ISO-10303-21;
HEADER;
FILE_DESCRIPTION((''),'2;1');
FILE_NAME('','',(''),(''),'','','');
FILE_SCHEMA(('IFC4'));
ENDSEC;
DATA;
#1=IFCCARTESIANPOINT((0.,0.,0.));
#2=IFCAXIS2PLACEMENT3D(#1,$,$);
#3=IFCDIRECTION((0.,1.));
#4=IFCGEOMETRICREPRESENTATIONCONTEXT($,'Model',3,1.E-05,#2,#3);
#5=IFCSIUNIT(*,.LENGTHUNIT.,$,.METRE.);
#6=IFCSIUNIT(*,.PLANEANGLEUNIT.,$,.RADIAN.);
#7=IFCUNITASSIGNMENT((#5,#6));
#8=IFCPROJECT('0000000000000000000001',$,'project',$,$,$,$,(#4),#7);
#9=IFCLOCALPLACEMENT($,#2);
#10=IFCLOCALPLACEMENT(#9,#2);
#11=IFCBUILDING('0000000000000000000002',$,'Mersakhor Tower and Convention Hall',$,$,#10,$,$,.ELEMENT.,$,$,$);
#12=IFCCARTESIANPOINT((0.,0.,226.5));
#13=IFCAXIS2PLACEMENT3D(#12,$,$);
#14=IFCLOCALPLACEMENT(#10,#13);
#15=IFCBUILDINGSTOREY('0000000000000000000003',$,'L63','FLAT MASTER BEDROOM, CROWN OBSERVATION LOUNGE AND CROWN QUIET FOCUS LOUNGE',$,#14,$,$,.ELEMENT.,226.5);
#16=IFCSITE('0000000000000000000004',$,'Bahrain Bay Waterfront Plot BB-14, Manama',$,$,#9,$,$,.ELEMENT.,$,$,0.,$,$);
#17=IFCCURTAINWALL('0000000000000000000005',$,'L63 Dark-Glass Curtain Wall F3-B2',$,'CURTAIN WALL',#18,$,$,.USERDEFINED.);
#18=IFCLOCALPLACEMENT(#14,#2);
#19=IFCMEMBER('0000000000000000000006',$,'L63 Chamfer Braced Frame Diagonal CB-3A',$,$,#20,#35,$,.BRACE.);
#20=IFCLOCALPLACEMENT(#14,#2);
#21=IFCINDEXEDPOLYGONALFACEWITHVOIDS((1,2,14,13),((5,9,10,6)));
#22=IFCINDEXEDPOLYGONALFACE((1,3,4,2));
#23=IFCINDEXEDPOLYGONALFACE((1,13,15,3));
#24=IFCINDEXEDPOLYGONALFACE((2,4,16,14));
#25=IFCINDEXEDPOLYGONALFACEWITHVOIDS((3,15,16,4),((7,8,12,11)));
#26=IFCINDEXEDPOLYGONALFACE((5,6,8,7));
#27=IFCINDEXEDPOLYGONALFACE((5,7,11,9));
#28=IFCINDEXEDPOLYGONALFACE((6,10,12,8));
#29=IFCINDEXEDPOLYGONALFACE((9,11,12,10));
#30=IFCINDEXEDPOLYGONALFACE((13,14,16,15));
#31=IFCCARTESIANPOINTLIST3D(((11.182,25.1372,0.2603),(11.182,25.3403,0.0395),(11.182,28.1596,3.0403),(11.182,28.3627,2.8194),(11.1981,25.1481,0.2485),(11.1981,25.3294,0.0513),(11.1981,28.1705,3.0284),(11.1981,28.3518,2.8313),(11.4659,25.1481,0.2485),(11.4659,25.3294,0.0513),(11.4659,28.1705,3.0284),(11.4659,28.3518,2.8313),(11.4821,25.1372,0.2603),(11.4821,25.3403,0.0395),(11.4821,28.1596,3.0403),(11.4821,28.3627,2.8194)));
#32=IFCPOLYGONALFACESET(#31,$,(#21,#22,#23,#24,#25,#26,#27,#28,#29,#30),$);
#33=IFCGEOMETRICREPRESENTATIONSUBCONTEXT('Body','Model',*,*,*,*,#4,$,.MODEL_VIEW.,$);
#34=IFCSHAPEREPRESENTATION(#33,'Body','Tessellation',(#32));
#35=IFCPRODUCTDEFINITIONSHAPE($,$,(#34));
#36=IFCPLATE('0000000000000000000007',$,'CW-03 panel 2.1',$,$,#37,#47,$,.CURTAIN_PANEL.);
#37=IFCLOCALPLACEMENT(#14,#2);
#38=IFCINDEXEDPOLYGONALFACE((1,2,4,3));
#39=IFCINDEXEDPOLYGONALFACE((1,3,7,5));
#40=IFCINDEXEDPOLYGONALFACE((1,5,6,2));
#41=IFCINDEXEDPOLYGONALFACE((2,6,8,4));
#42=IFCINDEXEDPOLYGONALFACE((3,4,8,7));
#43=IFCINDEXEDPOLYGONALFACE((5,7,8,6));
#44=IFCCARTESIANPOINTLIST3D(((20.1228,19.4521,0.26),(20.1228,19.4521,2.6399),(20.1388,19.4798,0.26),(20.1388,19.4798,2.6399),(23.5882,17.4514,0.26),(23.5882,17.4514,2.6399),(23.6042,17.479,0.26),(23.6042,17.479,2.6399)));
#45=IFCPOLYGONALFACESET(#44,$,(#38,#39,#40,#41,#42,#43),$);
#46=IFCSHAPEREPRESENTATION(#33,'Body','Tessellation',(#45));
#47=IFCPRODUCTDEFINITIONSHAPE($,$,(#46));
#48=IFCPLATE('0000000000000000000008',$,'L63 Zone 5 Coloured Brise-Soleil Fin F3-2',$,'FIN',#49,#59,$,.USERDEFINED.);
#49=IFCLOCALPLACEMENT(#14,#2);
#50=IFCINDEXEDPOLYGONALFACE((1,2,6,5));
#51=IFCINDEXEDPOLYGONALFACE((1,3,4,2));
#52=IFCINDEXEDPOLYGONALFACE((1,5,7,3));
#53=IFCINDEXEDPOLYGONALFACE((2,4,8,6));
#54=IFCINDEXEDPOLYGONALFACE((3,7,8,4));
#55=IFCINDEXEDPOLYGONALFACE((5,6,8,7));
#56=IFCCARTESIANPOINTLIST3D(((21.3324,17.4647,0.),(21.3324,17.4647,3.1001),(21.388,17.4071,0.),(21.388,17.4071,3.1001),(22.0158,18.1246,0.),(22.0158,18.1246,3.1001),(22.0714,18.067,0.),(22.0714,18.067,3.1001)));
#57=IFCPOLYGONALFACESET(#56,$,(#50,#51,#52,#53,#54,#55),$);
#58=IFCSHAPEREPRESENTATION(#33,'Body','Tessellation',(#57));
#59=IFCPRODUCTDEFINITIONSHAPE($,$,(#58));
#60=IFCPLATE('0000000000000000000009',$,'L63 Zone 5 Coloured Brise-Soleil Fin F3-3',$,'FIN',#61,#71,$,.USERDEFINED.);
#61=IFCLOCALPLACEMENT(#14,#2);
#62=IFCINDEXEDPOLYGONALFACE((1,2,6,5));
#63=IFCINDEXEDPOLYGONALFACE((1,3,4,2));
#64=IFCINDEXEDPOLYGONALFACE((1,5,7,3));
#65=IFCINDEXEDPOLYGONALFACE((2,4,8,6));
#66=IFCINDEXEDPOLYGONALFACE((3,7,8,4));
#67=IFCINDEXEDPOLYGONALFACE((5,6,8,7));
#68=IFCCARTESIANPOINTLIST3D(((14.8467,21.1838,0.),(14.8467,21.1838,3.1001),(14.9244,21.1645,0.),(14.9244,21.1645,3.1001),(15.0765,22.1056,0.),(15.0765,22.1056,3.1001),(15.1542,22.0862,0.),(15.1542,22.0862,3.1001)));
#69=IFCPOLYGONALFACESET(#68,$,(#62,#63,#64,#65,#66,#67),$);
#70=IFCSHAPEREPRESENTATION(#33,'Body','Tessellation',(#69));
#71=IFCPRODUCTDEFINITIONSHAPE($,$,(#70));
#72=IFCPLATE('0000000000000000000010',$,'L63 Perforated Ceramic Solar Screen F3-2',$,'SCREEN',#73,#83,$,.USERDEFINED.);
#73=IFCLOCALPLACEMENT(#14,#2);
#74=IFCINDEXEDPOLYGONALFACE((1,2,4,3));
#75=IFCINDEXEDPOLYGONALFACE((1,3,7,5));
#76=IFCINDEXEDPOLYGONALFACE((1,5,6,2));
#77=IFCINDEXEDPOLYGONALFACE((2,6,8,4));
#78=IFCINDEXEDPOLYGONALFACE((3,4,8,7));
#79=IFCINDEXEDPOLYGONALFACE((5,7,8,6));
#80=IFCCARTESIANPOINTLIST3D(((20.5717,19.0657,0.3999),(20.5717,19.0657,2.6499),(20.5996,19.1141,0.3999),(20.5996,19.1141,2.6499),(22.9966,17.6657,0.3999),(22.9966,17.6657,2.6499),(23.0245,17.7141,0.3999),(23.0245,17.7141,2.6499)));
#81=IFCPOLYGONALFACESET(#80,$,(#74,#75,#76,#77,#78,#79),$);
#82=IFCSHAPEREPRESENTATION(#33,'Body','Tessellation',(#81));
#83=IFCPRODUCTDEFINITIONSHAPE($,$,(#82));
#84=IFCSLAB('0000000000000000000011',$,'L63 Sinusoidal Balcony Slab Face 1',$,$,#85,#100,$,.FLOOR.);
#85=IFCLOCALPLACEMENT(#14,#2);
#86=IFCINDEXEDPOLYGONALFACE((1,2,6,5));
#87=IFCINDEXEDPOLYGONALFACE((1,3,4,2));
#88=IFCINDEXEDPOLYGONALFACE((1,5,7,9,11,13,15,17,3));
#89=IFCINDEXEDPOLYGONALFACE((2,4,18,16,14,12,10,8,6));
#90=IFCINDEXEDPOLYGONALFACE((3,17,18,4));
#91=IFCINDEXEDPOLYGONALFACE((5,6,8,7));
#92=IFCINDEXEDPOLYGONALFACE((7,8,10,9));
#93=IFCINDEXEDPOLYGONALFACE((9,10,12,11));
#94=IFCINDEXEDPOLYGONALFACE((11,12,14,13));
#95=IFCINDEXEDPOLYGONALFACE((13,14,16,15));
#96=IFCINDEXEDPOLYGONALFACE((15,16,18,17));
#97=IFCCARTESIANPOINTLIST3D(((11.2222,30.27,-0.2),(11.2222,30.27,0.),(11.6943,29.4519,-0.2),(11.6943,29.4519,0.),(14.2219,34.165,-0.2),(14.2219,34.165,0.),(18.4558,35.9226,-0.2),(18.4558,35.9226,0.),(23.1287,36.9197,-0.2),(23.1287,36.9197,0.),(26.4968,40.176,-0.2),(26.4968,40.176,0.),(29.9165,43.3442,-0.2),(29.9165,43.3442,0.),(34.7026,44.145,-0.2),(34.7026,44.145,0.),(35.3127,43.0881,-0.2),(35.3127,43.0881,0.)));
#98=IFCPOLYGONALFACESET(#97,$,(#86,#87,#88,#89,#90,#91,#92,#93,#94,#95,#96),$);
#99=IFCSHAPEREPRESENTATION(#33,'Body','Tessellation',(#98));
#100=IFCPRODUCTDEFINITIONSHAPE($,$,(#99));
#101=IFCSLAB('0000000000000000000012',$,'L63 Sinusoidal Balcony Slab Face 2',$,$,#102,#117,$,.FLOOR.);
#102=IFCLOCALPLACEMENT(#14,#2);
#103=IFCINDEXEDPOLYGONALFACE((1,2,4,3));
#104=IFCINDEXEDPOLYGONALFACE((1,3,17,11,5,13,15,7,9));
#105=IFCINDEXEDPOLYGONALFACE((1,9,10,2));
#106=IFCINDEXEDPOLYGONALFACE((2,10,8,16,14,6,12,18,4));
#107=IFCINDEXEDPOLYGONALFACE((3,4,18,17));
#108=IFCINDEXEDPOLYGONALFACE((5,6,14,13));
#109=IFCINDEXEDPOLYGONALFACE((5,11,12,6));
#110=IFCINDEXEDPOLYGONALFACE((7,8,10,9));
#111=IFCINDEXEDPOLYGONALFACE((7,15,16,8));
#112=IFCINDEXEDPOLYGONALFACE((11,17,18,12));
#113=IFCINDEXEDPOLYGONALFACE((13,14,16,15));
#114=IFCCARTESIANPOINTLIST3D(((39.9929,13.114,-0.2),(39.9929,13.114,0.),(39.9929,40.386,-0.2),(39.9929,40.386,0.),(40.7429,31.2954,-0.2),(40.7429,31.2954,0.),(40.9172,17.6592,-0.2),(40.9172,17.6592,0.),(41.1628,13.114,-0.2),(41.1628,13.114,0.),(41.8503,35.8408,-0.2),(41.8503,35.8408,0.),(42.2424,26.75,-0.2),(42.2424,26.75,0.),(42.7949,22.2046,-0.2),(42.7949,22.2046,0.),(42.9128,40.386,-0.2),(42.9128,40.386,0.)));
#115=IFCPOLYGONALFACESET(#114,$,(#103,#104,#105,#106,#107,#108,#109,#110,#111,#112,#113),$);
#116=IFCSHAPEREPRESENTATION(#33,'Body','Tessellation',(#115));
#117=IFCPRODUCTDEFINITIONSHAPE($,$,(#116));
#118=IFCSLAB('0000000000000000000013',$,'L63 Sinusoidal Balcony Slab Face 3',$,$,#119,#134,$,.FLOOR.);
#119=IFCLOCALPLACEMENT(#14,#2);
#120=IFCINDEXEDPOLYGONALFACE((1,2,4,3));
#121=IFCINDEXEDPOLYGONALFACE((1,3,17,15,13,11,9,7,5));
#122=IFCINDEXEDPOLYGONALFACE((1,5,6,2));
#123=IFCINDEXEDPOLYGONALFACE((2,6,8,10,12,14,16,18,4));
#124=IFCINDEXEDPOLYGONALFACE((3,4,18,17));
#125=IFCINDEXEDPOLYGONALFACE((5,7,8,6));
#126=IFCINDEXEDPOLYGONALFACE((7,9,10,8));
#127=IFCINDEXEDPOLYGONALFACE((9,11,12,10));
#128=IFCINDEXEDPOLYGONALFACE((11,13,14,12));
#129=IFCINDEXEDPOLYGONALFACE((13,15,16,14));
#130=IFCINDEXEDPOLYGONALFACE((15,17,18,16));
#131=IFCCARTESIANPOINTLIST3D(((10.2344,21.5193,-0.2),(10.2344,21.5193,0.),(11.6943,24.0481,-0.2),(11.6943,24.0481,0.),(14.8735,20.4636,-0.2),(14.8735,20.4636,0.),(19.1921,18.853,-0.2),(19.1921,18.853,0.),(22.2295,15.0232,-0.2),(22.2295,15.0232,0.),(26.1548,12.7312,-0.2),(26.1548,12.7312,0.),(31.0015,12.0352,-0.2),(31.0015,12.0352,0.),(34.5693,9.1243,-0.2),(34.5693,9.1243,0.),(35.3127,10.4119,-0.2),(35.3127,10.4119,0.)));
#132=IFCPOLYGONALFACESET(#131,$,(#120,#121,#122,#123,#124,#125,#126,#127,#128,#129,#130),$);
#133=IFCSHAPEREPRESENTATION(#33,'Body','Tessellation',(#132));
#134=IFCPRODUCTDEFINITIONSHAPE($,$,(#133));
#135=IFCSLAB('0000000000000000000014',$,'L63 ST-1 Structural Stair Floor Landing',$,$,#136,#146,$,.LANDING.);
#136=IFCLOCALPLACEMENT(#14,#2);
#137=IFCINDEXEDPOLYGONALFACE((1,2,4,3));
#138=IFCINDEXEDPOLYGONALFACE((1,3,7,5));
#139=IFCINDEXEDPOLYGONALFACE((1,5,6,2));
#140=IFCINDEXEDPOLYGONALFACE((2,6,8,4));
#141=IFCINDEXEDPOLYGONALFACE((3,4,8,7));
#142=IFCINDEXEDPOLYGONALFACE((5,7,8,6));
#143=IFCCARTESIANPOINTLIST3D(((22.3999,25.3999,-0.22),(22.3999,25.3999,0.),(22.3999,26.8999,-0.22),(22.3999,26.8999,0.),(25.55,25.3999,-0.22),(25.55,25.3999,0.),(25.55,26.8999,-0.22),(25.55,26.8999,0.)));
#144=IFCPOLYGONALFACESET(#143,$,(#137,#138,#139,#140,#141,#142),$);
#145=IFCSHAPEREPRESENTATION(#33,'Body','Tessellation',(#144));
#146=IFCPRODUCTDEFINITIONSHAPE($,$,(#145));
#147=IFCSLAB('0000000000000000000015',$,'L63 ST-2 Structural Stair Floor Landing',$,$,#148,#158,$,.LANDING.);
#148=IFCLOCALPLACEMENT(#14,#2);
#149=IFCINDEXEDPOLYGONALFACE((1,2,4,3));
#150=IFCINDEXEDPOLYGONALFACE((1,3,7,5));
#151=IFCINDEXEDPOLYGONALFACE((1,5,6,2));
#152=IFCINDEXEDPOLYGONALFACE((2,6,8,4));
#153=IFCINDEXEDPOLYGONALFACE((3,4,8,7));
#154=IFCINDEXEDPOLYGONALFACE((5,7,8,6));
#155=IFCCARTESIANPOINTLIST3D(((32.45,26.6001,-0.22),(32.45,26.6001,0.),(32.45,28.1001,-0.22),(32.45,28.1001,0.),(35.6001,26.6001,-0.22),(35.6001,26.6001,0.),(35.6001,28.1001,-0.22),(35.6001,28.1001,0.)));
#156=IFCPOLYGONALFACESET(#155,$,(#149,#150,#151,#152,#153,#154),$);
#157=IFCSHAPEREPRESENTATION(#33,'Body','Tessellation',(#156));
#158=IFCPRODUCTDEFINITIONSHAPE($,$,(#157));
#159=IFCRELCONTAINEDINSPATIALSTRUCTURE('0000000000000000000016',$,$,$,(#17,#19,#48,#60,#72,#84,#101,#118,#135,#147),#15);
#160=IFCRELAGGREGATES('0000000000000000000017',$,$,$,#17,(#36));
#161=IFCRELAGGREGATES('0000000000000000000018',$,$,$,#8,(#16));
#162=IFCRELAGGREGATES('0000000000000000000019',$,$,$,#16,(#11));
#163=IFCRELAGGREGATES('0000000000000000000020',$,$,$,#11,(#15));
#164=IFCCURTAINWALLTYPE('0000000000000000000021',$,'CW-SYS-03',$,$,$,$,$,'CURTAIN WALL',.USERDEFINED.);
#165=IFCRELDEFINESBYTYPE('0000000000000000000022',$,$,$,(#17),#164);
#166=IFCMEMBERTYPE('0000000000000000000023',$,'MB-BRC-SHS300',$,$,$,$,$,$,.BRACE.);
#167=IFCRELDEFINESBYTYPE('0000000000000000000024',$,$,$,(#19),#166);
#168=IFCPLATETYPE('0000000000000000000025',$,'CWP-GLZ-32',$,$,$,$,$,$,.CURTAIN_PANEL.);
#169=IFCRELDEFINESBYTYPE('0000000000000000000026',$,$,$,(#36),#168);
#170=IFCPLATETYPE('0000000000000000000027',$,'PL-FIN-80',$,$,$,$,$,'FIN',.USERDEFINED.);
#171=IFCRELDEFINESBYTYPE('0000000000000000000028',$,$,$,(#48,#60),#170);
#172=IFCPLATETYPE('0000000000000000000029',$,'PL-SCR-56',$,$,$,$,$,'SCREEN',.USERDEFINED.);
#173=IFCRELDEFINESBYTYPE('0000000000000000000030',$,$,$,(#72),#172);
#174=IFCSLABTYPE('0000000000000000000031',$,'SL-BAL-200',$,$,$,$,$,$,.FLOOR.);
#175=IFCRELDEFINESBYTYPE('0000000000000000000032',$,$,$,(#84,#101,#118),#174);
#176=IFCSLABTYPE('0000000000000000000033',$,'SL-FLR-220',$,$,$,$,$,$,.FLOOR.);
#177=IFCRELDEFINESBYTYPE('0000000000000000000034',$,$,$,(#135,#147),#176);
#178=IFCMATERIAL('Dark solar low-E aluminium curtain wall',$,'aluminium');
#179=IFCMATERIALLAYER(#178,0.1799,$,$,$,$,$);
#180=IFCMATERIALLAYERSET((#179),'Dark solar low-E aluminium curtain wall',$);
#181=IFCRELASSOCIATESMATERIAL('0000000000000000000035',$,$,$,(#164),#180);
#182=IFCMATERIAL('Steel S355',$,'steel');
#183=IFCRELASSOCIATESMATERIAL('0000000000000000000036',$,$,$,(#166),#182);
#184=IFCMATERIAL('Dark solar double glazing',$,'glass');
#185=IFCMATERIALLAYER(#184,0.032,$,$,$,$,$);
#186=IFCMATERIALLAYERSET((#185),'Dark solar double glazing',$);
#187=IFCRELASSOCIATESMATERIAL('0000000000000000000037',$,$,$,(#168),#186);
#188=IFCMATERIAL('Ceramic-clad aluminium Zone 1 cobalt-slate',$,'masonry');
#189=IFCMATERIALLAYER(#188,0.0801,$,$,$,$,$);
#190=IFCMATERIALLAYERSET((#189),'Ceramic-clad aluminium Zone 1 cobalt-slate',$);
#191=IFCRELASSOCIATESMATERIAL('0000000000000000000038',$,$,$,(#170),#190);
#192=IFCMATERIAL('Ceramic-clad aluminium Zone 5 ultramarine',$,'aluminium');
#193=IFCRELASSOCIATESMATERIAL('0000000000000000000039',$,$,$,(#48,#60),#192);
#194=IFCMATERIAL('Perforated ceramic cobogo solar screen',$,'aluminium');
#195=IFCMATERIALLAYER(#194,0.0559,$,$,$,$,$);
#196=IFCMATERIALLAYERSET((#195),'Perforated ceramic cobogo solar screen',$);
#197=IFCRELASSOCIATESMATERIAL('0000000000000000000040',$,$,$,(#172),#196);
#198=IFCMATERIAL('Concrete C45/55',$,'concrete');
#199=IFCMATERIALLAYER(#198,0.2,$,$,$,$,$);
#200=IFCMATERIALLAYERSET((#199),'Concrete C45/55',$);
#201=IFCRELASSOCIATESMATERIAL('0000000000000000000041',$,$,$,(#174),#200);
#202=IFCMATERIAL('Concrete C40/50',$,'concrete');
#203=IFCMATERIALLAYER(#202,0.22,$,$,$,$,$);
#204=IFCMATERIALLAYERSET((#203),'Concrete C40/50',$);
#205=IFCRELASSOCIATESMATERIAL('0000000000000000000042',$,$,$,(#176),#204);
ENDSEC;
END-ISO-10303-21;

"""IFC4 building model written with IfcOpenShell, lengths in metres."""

from ifc_helpers import new_model, si_unit, direction, frame, origin, origin_2d, place, context, subcontext, project, spatial, polyline, rectangle, hollow_rectangle, outline, extrude, material, layer, layer_set, material_profile, profile_set, type_object, element, aggregate, save


model = new_model("IFC4")

# Units and contexts
model_context = context("Model", 3, precision=1e-05, world=origin(), true_north=direction((0.0, 1.0)))
body_context = subcontext(model_context, "Body", "Model", "MODEL_VIEW")
ifc_project = project(units=[si_unit("LENGTHUNIT", "METRE"), si_unit("PLANEANGLEUNIT", "RADIAN")], contexts=[model_context])

# Site, building, storey
site_placement = place(None, origin())
site = spatial("IfcSite", under=ifc_project, at=site_placement, Name="Bahrain Bay Waterfront Plot BB-14, Manama", CompositionType="ELEMENT", RefElevation=0.0)
building_placement = place(site_placement, origin())
building = spatial("IfcBuilding", under=site, at=building_placement, Name="Mersakhor Tower and Convention Hall", CompositionType="ELEMENT")
storey_placement = place(building_placement, frame((0.0, 0.0, 226.5)))
storey = spatial("IfcBuildingStorey", under=building, at=storey_placement, Name="L63", Description="FLAT MASTER BEDROOM, CROWN OBSERVATION LOUNGE AND CROWN QUIET FOCUS LOUNGE", CompositionType="ELEMENT", Elevation=226.5)

# Curtain wall
ifc_material_1 = material(Name="Dark solar low-E aluminium curtain wall", Category="aluminium")
ifc_layer_1 = layer(ifc_material_1, 0.1799)
ifc_layer_set_1 = layer_set([ifc_layer_1], Name="Dark solar low-E aluminium curtain wall")
curtain_wall_type = type_object("IfcCurtainWallType", Name="CW-SYS-03", ElementType="CURTAIN WALL", PredefinedType="USERDEFINED", material=ifc_layer_set_1)
curtain_wall_placement = place(storey_placement, origin())
curtain_wall = element("IfcCurtainWall", 1, at=curtain_wall_placement, inside=storey, type_object=curtain_wall_type, Name="L63 Dark-Glass Curtain Wall F3-B2", ObjectType="CURTAIN WALL", PredefinedType="USERDEFINED")

# Member
ifc_material_2 = material(Name="Steel S355", Category="steel")
ifc_material_profile_1 = material_profile(ifc_material_2, hollow_rectangle(XDim=0.3, YDim=0.3, WallThickness=0.0161, at=origin_2d()), Name="SHS 300x300x16")
ifc_profile_set_1 = profile_set([ifc_material_profile_1], Name="Steel S355")
member_type_1 = type_object("IfcMemberType", Name="MB-BRC-SHS300", PredefinedType="BRACE", material=ifc_profile_set_1)
member_1_placement = place(storey_placement, frame((11.332, 25.2388, 0.1499), z_axis=(0.0, 0.736008, 0.676973), x_axis=(-1.0, 0.0, 0.0)))
element("IfcMember", 2, at=member_1_placement, inside=storey, type_object=member_type_1, Name="L63 Chamfer Braced Frame Diagonal CB-3A", PredefinedType="BRACE", context=body_context, shape_type="SweptSolid", body=[
    extrude(hollow_rectangle(XDim=0.3, YDim=0.3, WallThickness=0.0161, at=origin_2d()), origin(), (0.0, 0.0, 1.0), 4.1064),
])

# Plate
ifc_material_3 = material(Name="Dark solar double glazing", Category="glass")
ifc_layer_2 = layer(ifc_material_3, 0.032)
ifc_layer_set_2 = layer_set([ifc_layer_2], Name="Dark solar double glazing")
plate_type_1 = type_object("IfcPlateType", Name="CWP-GLZ-32", PredefinedType="CURTAIN_PANEL", material=ifc_layer_set_2)
plate_1_placement = place(storey_placement, frame((21.8635, 18.4656, 0.26), z_axis=(0.0, 0.0, 1.0), x_axis=(-0.866023, 0.500004, 0.0)))
plate_1 = element("IfcPlate", 3, at=plate_1_placement, type_object=plate_type_1, Name="CW-03 panel 2.1", PredefinedType="CURTAIN_PANEL", context=body_context, shape_type="SweptSolid", body=[
    extrude(rectangle(XDim=4.0015, YDim=0.032, at=origin_2d()), origin(), (0.0, 0.0, 1.0), 2.3799),
])
aggregate(curtain_wall, [plate_1])

# Plates
ifc_material_4 = material(Name="Ceramic-clad aluminium Zone 5 ultramarine", Category="aluminium")
ifc_material_5 = material(Name="Ceramic-clad aluminium Zone 1 cobalt-slate", Category="masonry")
ifc_layer_3 = layer(ifc_material_5, 0.0801)
ifc_layer_set_3 = layer_set([ifc_layer_3], Name="Ceramic-clad aluminium Zone 1 cobalt-slate")
plate_type_2 = type_object("IfcPlateType", Name="PL-FIN-80", ElementType="FIN", PredefinedType="USERDEFINED", material=ifc_layer_set_3)
for number, where, z_axis, x_axis, name in (
    (4, (21.7019, 17.7659, 0.0), (0.0, 0.0, 1.0), (-0.71934, -0.694658, 0.0), "L63 Zone 5 Coloured Brise-Soleil Fin F3-2"),
    (5, (15.0005, 21.635, 0.0), (0.0, 0.0, 1.0), (-0.241922, -0.970296, 0.0), "L63 Zone 5 Coloured Brise-Soleil Fin F3-3"),
):
    element("IfcPlate", number, at=place(storey_placement, frame(where, z_axis=z_axis, x_axis=x_axis)), inside=storey, type_object=plate_type_2, material=ifc_material_4, Name=name, ObjectType="FIN", PredefinedType="USERDEFINED", context=body_context, shape_type="SweptSolid", body=[
        extrude(rectangle(XDim=0.95, YDim=0.0801, at=origin_2d()), origin(), (0.0, 0.0, 1.0), 3.1001),
    ])
ifc_material_6 = material(Name="Perforated ceramic cobogo solar screen", Category="aluminium")
ifc_layer_4 = layer(ifc_material_6, 0.0559)
ifc_layer_set_4 = layer_set([ifc_layer_4], Name="Perforated ceramic cobogo solar screen")
plate_type_3 = type_object("IfcPlateType", Name="PL-SCR-56", ElementType="SCREEN", PredefinedType="USERDEFINED", material=ifc_layer_set_4)
plate_2_placement = place(storey_placement, frame((21.7981, 18.3899, 0.3999), z_axis=(0.0, 0.0, 1.0), x_axis=(-0.866025, 0.5, 0.0)))
element("IfcPlate", 6, at=plate_2_placement, inside=storey, type_object=plate_type_3, Name="L63 Perforated Ceramic Solar Screen F3-2", ObjectType="SCREEN", PredefinedType="USERDEFINED", context=body_context, shape_type="SweptSolid", body=[
    extrude(rectangle(XDim=2.8, YDim=0.0559, at=origin_2d()), origin(), (0.0, 0.0, 1.0), 2.25),
])

# Slabs
ifc_material_7 = material(Name="Concrete C45/55", Category="concrete")
ifc_layer_5 = layer(ifc_material_7, 0.2)
ifc_layer_set_5 = layer_set([ifc_layer_5], Name="Concrete C45/55")
slab_type_1 = type_object("IfcSlabType", Name="SL-BAL-200", PredefinedType="FLOOR", material=ifc_layer_set_5)
slab_1_placement = place(storey_placement, frame((0.0, 0.0, -0.2)))
element("IfcSlab", 7, at=slab_1_placement, inside=storey, type_object=slab_type_1, Name="L63 Sinusoidal Balcony Slab Face 1", PredefinedType="FLOOR", context=body_context, shape_type="SweptSolid", body=[
    extrude(outline(polyline([(11.6943, 29.4519), (35.3127, 43.0881), (34.7026, 44.145), (29.9165, 43.3442), (26.4968, 40.176), (23.1287, 36.9197), (18.4558, 35.9226), (14.2219, 34.165), (11.2222, 30.27), (11.6943, 29.4519)])), origin(), (0.0, 0.0, 1.0), 0.2),
])
slab_2_placement = place(storey_placement, frame((0.0, 0.0, -0.2)))
element("IfcSlab", 8, at=slab_2_placement, inside=storey, type_object=slab_type_1, Name="L63 Sinusoidal Balcony Slab Face 2", PredefinedType="FLOOR", context=body_context, shape_type="SweptSolid", body=[
    extrude(outline(polyline([(39.9929, 40.386), (39.9929, 13.114), (41.1628, 13.114), (40.9172, 17.6592), (42.7949, 22.2046), (42.2424, 26.75), (40.7429, 31.2954), (41.8503, 35.8408), (42.9128, 40.386), (39.9929, 40.386)])), origin(), (0.0, 0.0, 1.0), 0.2),
])
slab_3_placement = place(storey_placement, frame((0.0, 0.0, -0.2)))
element("IfcSlab", 9, at=slab_3_placement, inside=storey, type_object=slab_type_1, Name="L63 Sinusoidal Balcony Slab Face 3", PredefinedType="FLOOR", context=body_context, shape_type="SweptSolid", body=[
    extrude(outline(polyline([(35.3127, 10.4119), (11.6943, 24.0481), (10.2344, 21.5193), (14.8735, 20.4636), (19.1921, 18.853), (22.2295, 15.0232), (26.1548, 12.7312), (31.0015, 12.0352), (34.5693, 9.1243), (35.3127, 10.4119)])), origin(), (0.0, 0.0, 1.0), 0.2),
])
ifc_material_8 = material(Name="Concrete C40/50", Category="concrete")
ifc_layer_6 = layer(ifc_material_8, 0.22)
ifc_layer_set_6 = layer_set([ifc_layer_6], Name="Concrete C40/50")
slab_type_2 = type_object("IfcSlabType", Name="SL-FLR-220", PredefinedType="FLOOR", material=ifc_layer_set_6)
slab_4_placement = place(storey_placement, frame((0.0, 0.0, -0.22)))
element("IfcSlab", 10, at=slab_4_placement, inside=storey, type_object=slab_type_2, Name="L63 ST-1 Structural Stair Floor Landing", PredefinedType="LANDING", context=body_context, shape_type="SweptSolid", body=[
    extrude(outline(polyline([(25.55, 25.3999), (25.55, 26.8999), (22.3999, 26.8999), (22.3999, 25.3999), (25.55, 25.3999)])), origin(), (0.0, 0.0, 1.0), 0.22),
])
slab_5_placement = place(storey_placement, frame((0.0, 0.0, -0.22)))
element("IfcSlab", 11, at=slab_5_placement, inside=storey, type_object=slab_type_2, Name="L63 ST-2 Structural Stair Floor Landing", PredefinedType="LANDING", context=body_context, shape_type="SweptSolid", body=[
    extrude(outline(polyline([(32.45, 28.1001), (32.45, 26.6001), (35.6001, 26.6001), (35.6001, 28.1001), (32.45, 28.1001)])), origin(), (0.0, 0.0, 1.0), 0.22),
])

save(model, "model.ifc")
